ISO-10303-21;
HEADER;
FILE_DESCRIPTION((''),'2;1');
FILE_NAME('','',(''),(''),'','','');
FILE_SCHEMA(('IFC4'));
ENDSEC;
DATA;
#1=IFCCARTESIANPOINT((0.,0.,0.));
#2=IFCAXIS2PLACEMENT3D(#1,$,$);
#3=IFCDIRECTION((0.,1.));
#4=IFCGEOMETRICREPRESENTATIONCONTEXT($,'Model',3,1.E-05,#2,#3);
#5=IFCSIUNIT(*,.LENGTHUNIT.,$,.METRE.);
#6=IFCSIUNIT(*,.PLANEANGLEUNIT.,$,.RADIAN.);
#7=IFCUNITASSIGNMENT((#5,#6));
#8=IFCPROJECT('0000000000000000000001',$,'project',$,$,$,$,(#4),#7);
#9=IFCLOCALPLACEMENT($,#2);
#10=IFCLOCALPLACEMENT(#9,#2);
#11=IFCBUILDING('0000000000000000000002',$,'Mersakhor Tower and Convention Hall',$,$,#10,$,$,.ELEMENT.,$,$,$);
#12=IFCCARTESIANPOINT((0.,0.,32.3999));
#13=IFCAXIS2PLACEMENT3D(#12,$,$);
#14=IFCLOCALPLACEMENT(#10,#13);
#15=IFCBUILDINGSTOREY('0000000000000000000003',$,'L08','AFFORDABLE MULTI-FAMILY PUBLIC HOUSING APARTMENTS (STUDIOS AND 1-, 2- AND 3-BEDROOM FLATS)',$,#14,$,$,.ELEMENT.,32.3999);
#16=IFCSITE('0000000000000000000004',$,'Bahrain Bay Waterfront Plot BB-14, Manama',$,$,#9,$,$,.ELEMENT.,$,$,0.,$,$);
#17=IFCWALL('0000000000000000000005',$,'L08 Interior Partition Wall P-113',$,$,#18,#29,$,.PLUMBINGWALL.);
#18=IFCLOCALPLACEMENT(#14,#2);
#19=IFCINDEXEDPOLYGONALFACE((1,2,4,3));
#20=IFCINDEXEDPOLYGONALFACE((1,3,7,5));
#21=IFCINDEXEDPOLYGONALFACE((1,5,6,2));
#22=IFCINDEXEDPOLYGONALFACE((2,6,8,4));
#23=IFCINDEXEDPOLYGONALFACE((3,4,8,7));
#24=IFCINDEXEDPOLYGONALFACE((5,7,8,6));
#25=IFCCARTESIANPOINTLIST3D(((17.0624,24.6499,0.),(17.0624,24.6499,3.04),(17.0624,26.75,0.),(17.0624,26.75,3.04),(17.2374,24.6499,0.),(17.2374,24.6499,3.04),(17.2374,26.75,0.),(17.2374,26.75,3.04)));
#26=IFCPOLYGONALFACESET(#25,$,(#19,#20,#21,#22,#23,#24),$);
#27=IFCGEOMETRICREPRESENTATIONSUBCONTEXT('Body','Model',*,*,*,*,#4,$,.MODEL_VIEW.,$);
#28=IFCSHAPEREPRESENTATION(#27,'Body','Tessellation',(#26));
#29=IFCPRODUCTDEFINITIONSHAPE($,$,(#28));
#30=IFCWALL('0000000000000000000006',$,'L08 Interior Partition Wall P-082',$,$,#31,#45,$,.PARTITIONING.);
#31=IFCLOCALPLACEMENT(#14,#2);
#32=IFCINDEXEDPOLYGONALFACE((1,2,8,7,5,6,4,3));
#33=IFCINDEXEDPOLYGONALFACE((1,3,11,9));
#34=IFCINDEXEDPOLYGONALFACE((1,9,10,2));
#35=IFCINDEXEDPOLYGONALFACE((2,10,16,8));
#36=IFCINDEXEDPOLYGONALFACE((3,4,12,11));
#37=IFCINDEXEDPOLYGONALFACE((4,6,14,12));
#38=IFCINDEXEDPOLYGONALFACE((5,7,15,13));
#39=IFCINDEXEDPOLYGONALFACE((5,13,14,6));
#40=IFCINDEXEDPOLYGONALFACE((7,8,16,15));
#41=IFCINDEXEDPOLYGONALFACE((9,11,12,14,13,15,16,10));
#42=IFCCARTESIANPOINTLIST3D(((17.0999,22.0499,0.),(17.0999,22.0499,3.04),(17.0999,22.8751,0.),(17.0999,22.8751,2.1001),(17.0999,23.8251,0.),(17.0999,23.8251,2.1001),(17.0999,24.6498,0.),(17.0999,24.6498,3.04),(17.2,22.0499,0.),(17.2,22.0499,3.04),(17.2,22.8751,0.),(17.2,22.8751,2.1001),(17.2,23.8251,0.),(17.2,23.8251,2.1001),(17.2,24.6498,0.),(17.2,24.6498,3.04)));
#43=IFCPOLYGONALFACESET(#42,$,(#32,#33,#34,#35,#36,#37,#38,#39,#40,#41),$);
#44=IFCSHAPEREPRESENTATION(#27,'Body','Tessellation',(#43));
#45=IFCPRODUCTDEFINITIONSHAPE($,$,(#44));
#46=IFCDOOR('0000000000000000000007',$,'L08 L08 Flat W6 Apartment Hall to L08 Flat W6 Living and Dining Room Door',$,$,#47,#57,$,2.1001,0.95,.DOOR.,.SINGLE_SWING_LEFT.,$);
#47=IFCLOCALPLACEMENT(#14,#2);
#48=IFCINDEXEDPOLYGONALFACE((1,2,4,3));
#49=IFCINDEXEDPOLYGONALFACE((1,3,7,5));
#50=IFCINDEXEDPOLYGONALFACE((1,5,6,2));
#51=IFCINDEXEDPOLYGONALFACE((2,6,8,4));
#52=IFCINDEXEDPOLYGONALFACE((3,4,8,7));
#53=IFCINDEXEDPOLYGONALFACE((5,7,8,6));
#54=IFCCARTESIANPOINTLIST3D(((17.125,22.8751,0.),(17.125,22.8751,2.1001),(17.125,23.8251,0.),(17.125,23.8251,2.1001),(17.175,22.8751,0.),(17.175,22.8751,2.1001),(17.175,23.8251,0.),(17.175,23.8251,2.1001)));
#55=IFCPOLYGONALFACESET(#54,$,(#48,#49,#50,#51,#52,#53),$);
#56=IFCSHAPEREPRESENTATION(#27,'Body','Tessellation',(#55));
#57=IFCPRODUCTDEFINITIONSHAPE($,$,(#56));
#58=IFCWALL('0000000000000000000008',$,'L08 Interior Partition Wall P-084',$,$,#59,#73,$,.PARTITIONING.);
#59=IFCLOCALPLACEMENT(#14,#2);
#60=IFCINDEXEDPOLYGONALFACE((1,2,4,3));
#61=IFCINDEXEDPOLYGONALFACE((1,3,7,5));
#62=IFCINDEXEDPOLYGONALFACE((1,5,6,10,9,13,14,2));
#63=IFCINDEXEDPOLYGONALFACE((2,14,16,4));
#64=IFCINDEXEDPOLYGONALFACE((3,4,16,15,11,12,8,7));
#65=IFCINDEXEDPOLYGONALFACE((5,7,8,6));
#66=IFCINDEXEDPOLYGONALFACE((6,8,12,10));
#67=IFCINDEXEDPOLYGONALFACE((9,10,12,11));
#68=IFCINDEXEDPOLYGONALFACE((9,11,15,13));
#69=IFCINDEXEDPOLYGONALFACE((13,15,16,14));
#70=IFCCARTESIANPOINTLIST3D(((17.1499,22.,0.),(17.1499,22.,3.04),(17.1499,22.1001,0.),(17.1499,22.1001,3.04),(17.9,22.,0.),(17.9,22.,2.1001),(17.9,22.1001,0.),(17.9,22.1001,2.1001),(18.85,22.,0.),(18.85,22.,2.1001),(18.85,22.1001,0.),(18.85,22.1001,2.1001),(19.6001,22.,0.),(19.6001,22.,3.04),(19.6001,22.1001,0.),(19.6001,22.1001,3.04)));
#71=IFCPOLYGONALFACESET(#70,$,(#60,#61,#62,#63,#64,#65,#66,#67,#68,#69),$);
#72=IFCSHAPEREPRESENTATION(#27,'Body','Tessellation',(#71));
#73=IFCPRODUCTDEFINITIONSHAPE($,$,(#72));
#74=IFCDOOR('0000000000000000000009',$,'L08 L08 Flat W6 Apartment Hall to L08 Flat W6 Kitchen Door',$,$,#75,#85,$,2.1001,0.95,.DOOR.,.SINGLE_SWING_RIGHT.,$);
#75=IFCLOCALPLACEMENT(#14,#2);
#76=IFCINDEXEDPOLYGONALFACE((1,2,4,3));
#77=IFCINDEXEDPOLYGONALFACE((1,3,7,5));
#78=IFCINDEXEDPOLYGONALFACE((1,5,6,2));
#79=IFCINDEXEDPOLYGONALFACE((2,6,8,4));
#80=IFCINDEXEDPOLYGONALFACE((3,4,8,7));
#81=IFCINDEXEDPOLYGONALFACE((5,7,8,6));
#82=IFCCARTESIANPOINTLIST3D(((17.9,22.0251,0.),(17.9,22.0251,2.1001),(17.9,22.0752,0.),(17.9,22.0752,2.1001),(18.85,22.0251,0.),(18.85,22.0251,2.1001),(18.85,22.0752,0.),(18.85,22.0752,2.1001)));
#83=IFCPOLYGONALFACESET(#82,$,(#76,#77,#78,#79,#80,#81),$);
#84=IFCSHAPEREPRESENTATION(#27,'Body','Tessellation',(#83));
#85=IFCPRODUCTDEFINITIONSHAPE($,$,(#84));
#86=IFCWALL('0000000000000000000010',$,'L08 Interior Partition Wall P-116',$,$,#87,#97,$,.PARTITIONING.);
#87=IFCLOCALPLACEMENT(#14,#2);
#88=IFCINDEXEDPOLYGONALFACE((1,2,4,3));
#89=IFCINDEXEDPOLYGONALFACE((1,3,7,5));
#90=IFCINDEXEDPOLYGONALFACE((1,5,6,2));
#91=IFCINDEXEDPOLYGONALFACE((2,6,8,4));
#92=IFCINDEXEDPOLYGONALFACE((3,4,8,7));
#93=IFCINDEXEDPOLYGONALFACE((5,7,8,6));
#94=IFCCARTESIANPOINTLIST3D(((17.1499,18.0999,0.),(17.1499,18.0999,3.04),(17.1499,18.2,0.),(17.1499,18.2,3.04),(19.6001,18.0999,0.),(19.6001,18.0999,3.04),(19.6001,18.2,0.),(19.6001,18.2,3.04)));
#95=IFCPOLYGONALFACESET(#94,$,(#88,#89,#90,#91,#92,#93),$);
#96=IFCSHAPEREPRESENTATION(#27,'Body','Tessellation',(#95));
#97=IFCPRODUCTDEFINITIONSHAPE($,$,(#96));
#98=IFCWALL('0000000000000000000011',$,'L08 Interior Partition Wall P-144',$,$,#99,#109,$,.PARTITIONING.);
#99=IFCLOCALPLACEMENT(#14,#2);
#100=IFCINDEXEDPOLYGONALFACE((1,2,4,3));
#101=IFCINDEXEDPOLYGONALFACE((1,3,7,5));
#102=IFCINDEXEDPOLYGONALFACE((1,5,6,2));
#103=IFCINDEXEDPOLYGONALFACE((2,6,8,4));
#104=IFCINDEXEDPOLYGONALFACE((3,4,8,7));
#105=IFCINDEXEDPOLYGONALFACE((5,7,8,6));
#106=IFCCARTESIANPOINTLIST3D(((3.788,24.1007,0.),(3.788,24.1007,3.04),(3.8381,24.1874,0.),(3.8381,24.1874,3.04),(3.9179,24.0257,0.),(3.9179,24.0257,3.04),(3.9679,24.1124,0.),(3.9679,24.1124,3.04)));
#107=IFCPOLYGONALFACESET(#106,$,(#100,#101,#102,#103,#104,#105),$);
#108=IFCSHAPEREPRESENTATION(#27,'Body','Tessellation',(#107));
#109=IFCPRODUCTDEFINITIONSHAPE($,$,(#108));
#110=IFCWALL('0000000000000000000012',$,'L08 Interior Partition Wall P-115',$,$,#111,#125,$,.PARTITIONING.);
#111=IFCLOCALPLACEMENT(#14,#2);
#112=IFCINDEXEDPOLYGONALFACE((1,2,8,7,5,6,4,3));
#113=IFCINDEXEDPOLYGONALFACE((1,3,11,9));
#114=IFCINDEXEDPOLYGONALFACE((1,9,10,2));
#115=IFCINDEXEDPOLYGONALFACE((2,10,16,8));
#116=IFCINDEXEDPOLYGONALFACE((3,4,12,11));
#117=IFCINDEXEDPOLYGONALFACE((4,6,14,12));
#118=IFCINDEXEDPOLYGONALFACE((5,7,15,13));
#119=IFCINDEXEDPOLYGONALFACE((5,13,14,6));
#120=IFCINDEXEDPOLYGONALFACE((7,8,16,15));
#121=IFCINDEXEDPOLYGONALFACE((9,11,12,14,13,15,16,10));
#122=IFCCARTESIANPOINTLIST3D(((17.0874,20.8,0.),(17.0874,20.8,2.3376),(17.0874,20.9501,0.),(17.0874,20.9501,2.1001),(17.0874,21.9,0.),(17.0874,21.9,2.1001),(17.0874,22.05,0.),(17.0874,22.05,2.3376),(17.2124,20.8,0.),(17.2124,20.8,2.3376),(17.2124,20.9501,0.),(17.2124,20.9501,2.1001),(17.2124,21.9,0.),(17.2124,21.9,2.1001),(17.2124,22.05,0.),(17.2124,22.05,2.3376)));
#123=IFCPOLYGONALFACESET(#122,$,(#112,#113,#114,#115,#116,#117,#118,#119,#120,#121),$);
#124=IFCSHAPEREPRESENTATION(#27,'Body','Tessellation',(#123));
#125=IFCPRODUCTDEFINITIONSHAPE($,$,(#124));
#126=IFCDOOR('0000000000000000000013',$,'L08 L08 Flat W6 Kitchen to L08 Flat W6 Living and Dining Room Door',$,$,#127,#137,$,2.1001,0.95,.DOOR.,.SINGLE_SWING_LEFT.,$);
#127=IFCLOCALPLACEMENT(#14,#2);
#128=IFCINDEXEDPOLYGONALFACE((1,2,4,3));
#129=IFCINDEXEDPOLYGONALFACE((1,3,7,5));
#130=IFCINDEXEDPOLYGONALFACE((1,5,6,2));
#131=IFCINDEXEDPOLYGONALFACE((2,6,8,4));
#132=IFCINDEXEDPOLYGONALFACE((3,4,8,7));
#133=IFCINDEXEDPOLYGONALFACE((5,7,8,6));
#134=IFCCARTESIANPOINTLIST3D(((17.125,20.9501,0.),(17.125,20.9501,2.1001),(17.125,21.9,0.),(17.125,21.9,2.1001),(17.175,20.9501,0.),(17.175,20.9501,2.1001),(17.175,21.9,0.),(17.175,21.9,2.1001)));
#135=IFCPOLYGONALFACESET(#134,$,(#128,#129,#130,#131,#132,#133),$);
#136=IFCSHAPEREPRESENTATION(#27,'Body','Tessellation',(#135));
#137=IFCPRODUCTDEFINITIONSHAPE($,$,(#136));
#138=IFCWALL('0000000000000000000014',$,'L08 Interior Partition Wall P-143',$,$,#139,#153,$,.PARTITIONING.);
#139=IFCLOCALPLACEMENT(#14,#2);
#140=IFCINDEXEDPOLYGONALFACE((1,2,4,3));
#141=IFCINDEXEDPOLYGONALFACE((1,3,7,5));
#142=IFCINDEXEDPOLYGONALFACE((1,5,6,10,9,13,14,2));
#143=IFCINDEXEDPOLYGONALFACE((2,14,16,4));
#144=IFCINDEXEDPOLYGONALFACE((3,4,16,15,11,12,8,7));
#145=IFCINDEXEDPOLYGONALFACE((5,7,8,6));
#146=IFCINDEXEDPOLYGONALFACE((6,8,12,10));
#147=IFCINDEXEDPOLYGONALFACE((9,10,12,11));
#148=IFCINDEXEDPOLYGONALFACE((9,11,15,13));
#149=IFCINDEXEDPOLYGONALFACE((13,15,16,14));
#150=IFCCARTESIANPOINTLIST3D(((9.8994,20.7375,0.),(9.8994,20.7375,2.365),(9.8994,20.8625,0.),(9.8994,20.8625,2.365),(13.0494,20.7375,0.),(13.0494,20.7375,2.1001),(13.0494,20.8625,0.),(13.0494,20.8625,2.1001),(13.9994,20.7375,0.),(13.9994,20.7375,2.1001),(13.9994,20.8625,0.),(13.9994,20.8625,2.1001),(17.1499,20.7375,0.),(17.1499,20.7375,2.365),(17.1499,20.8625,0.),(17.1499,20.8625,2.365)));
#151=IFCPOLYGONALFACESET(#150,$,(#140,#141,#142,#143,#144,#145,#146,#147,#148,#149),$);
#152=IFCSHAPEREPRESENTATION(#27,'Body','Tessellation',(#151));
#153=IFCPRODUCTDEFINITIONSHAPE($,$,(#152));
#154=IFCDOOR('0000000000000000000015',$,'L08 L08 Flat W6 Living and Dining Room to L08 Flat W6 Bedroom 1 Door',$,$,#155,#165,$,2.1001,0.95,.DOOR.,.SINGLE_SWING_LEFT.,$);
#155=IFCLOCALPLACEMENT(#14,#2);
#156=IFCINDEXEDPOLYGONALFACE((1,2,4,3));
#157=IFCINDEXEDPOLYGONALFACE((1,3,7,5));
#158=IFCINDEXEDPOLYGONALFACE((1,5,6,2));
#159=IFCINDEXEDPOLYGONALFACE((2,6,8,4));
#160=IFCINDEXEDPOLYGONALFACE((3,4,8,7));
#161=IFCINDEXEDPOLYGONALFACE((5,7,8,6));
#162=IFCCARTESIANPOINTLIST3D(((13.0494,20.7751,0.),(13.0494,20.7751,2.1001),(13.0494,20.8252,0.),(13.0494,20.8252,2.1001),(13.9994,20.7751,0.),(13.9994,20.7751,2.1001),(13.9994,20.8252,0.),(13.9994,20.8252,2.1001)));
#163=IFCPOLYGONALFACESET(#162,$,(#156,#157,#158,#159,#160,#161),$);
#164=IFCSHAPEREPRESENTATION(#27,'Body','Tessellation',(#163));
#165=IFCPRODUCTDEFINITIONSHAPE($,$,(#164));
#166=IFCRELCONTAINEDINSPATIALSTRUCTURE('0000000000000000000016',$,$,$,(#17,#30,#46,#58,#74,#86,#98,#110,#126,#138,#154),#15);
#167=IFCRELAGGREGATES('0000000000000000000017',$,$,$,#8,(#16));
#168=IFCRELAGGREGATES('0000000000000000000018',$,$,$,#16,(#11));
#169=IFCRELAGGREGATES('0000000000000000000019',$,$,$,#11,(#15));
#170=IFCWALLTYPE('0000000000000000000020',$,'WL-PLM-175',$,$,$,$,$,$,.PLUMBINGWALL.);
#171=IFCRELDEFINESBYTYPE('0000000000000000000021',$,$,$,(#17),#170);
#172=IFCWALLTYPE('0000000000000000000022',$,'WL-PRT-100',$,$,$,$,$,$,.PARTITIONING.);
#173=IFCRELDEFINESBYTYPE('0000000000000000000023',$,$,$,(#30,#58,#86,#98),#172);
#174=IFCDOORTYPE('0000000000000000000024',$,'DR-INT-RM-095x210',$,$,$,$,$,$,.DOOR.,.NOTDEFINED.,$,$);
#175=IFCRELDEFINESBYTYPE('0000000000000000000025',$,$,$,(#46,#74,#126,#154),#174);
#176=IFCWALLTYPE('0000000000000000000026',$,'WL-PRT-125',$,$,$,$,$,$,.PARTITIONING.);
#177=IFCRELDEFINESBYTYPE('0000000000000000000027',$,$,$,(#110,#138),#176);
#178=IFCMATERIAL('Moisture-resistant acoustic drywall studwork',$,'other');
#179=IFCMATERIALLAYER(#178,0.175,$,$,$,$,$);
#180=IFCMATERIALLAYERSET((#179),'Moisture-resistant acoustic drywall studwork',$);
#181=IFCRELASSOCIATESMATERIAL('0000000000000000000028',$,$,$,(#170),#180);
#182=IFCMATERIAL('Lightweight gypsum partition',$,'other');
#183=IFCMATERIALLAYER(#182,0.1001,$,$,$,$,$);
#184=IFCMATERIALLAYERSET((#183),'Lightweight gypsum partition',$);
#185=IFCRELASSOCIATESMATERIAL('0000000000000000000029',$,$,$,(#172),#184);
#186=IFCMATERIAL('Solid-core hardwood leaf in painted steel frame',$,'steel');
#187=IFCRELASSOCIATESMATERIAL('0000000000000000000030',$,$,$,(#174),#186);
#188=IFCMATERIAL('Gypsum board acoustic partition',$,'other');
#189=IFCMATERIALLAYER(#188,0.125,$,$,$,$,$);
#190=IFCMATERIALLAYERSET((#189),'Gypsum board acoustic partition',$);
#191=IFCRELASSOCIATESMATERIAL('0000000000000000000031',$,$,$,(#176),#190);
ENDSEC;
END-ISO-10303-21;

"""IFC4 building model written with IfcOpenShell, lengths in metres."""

from ifc_helpers import new_model, si_unit, direction, frame, frame_2d, origin, place, context, subcontext, project, spatial, rectangle, extrude, material, layer, layer_set, type_object, element, fill, save


model = new_model("IFC4")

# Units and contexts
model_context = context("Model", 3, precision=1e-05, world=origin(), true_north=direction((0.0, 1.0)))
body_context = subcontext(model_context, "Body", "Model", "MODEL_VIEW")
ifc_project = project(units=[si_unit("LENGTHUNIT", "METRE"), si_unit("PLANEANGLEUNIT", "RADIAN")], contexts=[model_context])

# Site, building, storey
site_placement = place(None, origin())
site = spatial("IfcSite", under=ifc_project, at=site_placement, Name="Bahrain Bay Waterfront Plot BB-14, Manama", CompositionType="ELEMENT", RefElevation=0.0)
building_placement = place(site_placement, origin())
building = spatial("IfcBuilding", under=site, at=building_placement, Name="Mersakhor Tower and Convention Hall", CompositionType="ELEMENT")
storey_placement = place(building_placement, frame((0.0, 0.0, 32.3999)))
storey = spatial("IfcBuildingStorey", under=building, at=storey_placement, Name="L08", Description="AFFORDABLE MULTI-FAMILY PUBLIC HOUSING APARTMENTS (STUDIOS AND 1-, 2- AND 3-BEDROOM FLATS)", CompositionType="ELEMENT", Elevation=32.3999)

# Shared definitions
ifc_material_1 = material(Name="Moisture-resistant acoustic drywall studwork", Category="other")
ifc_layer_1 = layer(ifc_material_1, 0.175)
ifc_layer_set_1 = layer_set([ifc_layer_1], Name="Moisture-resistant acoustic drywall studwork")
wall_type_1 = type_object("IfcWallType", Name="WL-PLM-175", PredefinedType="PLUMBINGWALL", material=ifc_layer_set_1)

# Wall
wall_1_placement = place(storey_placement, frame((17.1499, 24.6499, 0.0), z_axis=(0.0, 0.0, 1.0), x_axis=(0.0, 1.0, 0.0)))
element("IfcWall", 1, at=wall_1_placement, inside=storey, type_object=wall_type_1, Name="L08 Interior Partition Wall P-113", PredefinedType="PLUMBINGWALL", context=body_context, shape_type="SweptSolid", body=[
    extrude(rectangle(XDim=2.1001, YDim=0.175, at=frame_2d((1.05, 0.0))), origin(), (0.0, 0.0, 1.0), 3.04),
])

# Walls, openings, doors
ifc_material_2 = material(Name="Lightweight gypsum partition", Category="other")
ifc_layer_2 = layer(ifc_material_2, 0.1001)
ifc_layer_set_2 = layer_set([ifc_layer_2], Name="Lightweight gypsum partition")
wall_type_2 = type_object("IfcWallType", Name="WL-PRT-100", PredefinedType="PARTITIONING", material=ifc_layer_set_2)
wall_2_placement = place(storey_placement, frame((17.1499, 22.05, 0.0), z_axis=(0.0, 0.0, 1.0), x_axis=(0.0, 1.0, 0.0)))
wall_2 = element("IfcWall", 2, at=wall_2_placement, inside=storey, type_object=wall_type_2, Name="L08 Interior Partition Wall P-082", PredefinedType="PARTITIONING", context=body_context, shape_type="SweptSolid", body=[
    extrude(rectangle(XDim=2.5999, YDim=0.1001, at=frame_2d((1.2998, 0.0))), origin(), (0.0, 0.0, 1.0), 3.04),
])
opening_1_placement = place(wall_2_placement, frame((0.825, 0.0, 0.0)))
opening_1 = element("IfcOpeningElement", 3, at=opening_1_placement, cuts=wall_2, PredefinedType="OPENING", context=body_context, shape_type="SweptSolid", body=[
    extrude(rectangle(XDim=0.95, YDim=2.1001, at=frame_2d((0.4751, 1.05))), frame((0.0, 0.0601, 0.0), z_axis=(0.0, -1.0, 0.0), x_axis=(1.0, 0.0, 0.0)), (0.0, 0.0, 1.0), 0.1201),
])
ifc_material_3 = material(Name="Solid-core hardwood leaf in painted steel frame", Category="steel")
door_type_1 = type_object("IfcDoorType", Name="DR-INT-RM-095x210", OperationType="NOTDEFINED", PredefinedType="DOOR", material=ifc_material_3)
door_1_placement = place(opening_1_placement, origin())
door_1 = element("IfcDoor", 4, at=door_1_placement, inside=storey, type_object=door_type_1, Name="L08 L08 Flat W6 Apartment Hall to L08 Flat W6 Living and Dining Room Door", OperationType="SINGLE_SWING_LEFT", OverallHeight=2.1001, OverallWidth=0.95, PredefinedType="DOOR", context=body_context, shape_type="SweptSolid", body=[
    extrude(rectangle(XDim=0.95, YDim=2.1001, at=frame_2d((0.4751, 1.05))), frame((0.0, 0.0249, 0.0), z_axis=(0.0, -1.0, 0.0), x_axis=(1.0, 0.0, 0.0)), (0.0, 0.0, 1.0), 0.05),
])
fill(opening_1, door_1)
wall_3_placement = place(storey_placement, frame((19.6001, 22.05, 0.0), z_axis=(0.0, 0.0, 1.0), x_axis=(-1.0, 0.0, 0.0)))
wall_3 = element("IfcWall", 5, at=wall_3_placement, inside=storey, type_object=wall_type_2, Name="L08 Interior Partition Wall P-084", PredefinedType="PARTITIONING", context=body_context, shape_type="SweptSolid", body=[
    extrude(rectangle(XDim=2.4502, YDim=0.1001, at=frame_2d((1.2251, 0.0))), origin(), (0.0, 0.0, 1.0), 3.04),
])
opening_2_placement = place(wall_3_placement, frame((0.75, 0.0, 0.0)))
opening_2 = element("IfcOpeningElement", 6, at=opening_2_placement, cuts=wall_3, PredefinedType="OPENING", context=body_context, shape_type="SweptSolid", body=[
    extrude(rectangle(XDim=0.95, YDim=2.1001, at=frame_2d((0.4751, 1.05))), frame((0.0, 0.0601, 0.0), z_axis=(0.0, -1.0, 0.0), x_axis=(1.0, 0.0, 0.0)), (0.0, 0.0, 1.0), 0.1201),
])
door_2_placement = place(opening_2_placement, origin())
door_2 = element("IfcDoor", 7, at=door_2_placement, inside=storey, type_object=door_type_1, Name="L08 L08 Flat W6 Apartment Hall to L08 Flat W6 Kitchen Door", OperationType="SINGLE_SWING_RIGHT", OverallHeight=2.1001, OverallWidth=0.95, PredefinedType="DOOR", context=body_context, shape_type="SweptSolid", body=[
    extrude(rectangle(XDim=0.95, YDim=2.1001, at=frame_2d((0.4751, 1.05))), frame((0.0, 0.0249, 0.0), z_axis=(0.0, -1.0, 0.0), x_axis=(1.0, 0.0, 0.0)), (0.0, 0.0, 1.0), 0.05),
])
fill(opening_2, door_2)

# Walls
wall_4_placement = place(storey_placement, frame((19.6001, 18.1499, 0.0), z_axis=(0.0, 0.0, 1.0), x_axis=(-1.0, 0.0, 0.0)))
element("IfcWall", 8, at=wall_4_placement, inside=storey, type_object=wall_type_2, Name="L08 Interior Partition Wall P-116", PredefinedType="PARTITIONING", context=body_context, shape_type="SweptSolid", body=[
    extrude(rectangle(XDim=2.4502, YDim=0.1001, at=frame_2d((1.2251, 0.0))), origin(), (0.0, 0.0, 1.0), 3.04),
])
wall_5_placement = place(storey_placement, frame((3.9429, 24.0691, 0.0), z_axis=(0.0, 0.0, 1.0), x_axis=(-0.866131, 0.499816, 0.0)))
element("IfcWall", 9, at=wall_5_placement, inside=storey, type_object=wall_type_2, Name="L08 Interior Partition Wall P-144", PredefinedType="PARTITIONING", context=body_context, shape_type="SweptSolid", body=[
    extrude(rectangle(XDim=0.1499, YDim=0.1001, at=frame_2d((0.075, 0.0))), origin(), (0.0, 0.0, 1.0), 3.04),
])

# Walls, openings, doors
ifc_material_4 = material(Name="Gypsum board acoustic partition", Category="other")
ifc_layer_3 = layer(ifc_material_4, 0.125)
ifc_layer_set_3 = layer_set([ifc_layer_3], Name="Gypsum board acoustic partition")
wall_type_3 = type_object("IfcWallType", Name="WL-PRT-125", PredefinedType="PARTITIONING", material=ifc_layer_set_3)
wall_6_placement = place(storey_placement, frame((17.1499, 20.8, 0.0), z_axis=(0.0, 0.0, 1.0), x_axis=(0.0, 1.0, 0.0)))
wall_6 = element("IfcWall", 10, at=wall_6_placement, inside=storey, type_object=wall_type_3, Name="L08 Interior Partition Wall P-115", PredefinedType="PARTITIONING", context=body_context, shape_type="SweptSolid", body=[
    extrude(rectangle(XDim=1.25, YDim=0.125, at=frame_2d((0.625, 0.0))), origin(), (0.0, 0.0, 1.0), 2.3376),
])
opening_3_placement = place(wall_6_placement, frame((0.1499, 0.0, 0.0)))
opening_3 = element("IfcOpeningElement", 11, at=opening_3_placement, cuts=wall_6, PredefinedType="OPENING", context=body_context, shape_type="SweptSolid", body=[
    extrude(rectangle(XDim=0.95, YDim=2.1001, at=frame_2d((0.4751, 1.05))), frame((0.0, 0.0725, 0.0), z_axis=(0.0, -1.0, 0.0), x_axis=(1.0, 0.0, 0.0)), (0.0, 0.0, 1.0), 0.145),
])
door_3_placement = place(opening_3_placement, origin())
door_3 = element("IfcDoor", 12, at=door_3_placement, inside=storey, type_object=door_type_1, Name="L08 L08 Flat W6 Kitchen to L08 Flat W6 Living and Dining Room Door", OperationType="SINGLE_SWING_LEFT", OverallHeight=2.1001, OverallWidth=0.95, PredefinedType="DOOR", context=body_context, shape_type="SweptSolid", body=[
    extrude(rectangle(XDim=0.95, YDim=2.1001, at=frame_2d((0.4751, 1.05))), frame((0.0, 0.0249, 0.0), z_axis=(0.0, -1.0, 0.0), x_axis=(1.0, 0.0, 0.0)), (0.0, 0.0, 1.0), 0.05),
])
fill(opening_3, door_3)
wall_7_placement = place(storey_placement, frame((17.1499, 20.8, 0.0), z_axis=(0.0, 0.0, 1.0), x_axis=(-1.0, 0.0, 0.0)))
wall_7 = element("IfcWall", 13, at=wall_7_placement, inside=storey, type_object=wall_type_3, Name="L08 Interior Partition Wall P-143", PredefinedType="PARTITIONING", context=body_context, shape_type="SweptSolid", body=[
    extrude(rectangle(XDim=7.2505, YDim=0.125, at=frame_2d((3.6252, 0.0))), origin(), (0.0, 0.0, 1.0), 2.365),
])
opening_4_placement = place(wall_7_placement, frame((3.1504, 0.0, 0.0)))
opening_4 = element("IfcOpeningElement", 14, at=opening_4_placement, cuts=wall_7, PredefinedType="OPENING", context=body_context, shape_type="SweptSolid", body=[
    extrude(rectangle(XDim=0.95, YDim=2.1001, at=frame_2d((0.4751, 1.05))), frame((0.0, 0.0725, 0.0), z_axis=(0.0, -1.0, 0.0), x_axis=(1.0, 0.0, 0.0)), (0.0, 0.0, 1.0), 0.145),
])
door_4_placement = place(opening_4_placement, origin())
door_4 = element("IfcDoor", 15, at=door_4_placement, inside=storey, type_object=door_type_1, Name="L08 L08 Flat W6 Living and Dining Room to L08 Flat W6 Bedroom 1 Door", OperationType="SINGLE_SWING_LEFT", OverallHeight=2.1001, OverallWidth=0.95, PredefinedType="DOOR", context=body_context, shape_type="SweptSolid", body=[
    extrude(rectangle(XDim=0.95, YDim=2.1001, at=frame_2d((0.4751, 1.05))), frame((0.0, 0.0249, 0.0), z_axis=(0.0, -1.0, 0.0), x_axis=(1.0, 0.0, 0.0)), (0.0, 0.0, 1.0), 0.05),
])
fill(opening_4, door_4)

save(model, "model.ifc")
